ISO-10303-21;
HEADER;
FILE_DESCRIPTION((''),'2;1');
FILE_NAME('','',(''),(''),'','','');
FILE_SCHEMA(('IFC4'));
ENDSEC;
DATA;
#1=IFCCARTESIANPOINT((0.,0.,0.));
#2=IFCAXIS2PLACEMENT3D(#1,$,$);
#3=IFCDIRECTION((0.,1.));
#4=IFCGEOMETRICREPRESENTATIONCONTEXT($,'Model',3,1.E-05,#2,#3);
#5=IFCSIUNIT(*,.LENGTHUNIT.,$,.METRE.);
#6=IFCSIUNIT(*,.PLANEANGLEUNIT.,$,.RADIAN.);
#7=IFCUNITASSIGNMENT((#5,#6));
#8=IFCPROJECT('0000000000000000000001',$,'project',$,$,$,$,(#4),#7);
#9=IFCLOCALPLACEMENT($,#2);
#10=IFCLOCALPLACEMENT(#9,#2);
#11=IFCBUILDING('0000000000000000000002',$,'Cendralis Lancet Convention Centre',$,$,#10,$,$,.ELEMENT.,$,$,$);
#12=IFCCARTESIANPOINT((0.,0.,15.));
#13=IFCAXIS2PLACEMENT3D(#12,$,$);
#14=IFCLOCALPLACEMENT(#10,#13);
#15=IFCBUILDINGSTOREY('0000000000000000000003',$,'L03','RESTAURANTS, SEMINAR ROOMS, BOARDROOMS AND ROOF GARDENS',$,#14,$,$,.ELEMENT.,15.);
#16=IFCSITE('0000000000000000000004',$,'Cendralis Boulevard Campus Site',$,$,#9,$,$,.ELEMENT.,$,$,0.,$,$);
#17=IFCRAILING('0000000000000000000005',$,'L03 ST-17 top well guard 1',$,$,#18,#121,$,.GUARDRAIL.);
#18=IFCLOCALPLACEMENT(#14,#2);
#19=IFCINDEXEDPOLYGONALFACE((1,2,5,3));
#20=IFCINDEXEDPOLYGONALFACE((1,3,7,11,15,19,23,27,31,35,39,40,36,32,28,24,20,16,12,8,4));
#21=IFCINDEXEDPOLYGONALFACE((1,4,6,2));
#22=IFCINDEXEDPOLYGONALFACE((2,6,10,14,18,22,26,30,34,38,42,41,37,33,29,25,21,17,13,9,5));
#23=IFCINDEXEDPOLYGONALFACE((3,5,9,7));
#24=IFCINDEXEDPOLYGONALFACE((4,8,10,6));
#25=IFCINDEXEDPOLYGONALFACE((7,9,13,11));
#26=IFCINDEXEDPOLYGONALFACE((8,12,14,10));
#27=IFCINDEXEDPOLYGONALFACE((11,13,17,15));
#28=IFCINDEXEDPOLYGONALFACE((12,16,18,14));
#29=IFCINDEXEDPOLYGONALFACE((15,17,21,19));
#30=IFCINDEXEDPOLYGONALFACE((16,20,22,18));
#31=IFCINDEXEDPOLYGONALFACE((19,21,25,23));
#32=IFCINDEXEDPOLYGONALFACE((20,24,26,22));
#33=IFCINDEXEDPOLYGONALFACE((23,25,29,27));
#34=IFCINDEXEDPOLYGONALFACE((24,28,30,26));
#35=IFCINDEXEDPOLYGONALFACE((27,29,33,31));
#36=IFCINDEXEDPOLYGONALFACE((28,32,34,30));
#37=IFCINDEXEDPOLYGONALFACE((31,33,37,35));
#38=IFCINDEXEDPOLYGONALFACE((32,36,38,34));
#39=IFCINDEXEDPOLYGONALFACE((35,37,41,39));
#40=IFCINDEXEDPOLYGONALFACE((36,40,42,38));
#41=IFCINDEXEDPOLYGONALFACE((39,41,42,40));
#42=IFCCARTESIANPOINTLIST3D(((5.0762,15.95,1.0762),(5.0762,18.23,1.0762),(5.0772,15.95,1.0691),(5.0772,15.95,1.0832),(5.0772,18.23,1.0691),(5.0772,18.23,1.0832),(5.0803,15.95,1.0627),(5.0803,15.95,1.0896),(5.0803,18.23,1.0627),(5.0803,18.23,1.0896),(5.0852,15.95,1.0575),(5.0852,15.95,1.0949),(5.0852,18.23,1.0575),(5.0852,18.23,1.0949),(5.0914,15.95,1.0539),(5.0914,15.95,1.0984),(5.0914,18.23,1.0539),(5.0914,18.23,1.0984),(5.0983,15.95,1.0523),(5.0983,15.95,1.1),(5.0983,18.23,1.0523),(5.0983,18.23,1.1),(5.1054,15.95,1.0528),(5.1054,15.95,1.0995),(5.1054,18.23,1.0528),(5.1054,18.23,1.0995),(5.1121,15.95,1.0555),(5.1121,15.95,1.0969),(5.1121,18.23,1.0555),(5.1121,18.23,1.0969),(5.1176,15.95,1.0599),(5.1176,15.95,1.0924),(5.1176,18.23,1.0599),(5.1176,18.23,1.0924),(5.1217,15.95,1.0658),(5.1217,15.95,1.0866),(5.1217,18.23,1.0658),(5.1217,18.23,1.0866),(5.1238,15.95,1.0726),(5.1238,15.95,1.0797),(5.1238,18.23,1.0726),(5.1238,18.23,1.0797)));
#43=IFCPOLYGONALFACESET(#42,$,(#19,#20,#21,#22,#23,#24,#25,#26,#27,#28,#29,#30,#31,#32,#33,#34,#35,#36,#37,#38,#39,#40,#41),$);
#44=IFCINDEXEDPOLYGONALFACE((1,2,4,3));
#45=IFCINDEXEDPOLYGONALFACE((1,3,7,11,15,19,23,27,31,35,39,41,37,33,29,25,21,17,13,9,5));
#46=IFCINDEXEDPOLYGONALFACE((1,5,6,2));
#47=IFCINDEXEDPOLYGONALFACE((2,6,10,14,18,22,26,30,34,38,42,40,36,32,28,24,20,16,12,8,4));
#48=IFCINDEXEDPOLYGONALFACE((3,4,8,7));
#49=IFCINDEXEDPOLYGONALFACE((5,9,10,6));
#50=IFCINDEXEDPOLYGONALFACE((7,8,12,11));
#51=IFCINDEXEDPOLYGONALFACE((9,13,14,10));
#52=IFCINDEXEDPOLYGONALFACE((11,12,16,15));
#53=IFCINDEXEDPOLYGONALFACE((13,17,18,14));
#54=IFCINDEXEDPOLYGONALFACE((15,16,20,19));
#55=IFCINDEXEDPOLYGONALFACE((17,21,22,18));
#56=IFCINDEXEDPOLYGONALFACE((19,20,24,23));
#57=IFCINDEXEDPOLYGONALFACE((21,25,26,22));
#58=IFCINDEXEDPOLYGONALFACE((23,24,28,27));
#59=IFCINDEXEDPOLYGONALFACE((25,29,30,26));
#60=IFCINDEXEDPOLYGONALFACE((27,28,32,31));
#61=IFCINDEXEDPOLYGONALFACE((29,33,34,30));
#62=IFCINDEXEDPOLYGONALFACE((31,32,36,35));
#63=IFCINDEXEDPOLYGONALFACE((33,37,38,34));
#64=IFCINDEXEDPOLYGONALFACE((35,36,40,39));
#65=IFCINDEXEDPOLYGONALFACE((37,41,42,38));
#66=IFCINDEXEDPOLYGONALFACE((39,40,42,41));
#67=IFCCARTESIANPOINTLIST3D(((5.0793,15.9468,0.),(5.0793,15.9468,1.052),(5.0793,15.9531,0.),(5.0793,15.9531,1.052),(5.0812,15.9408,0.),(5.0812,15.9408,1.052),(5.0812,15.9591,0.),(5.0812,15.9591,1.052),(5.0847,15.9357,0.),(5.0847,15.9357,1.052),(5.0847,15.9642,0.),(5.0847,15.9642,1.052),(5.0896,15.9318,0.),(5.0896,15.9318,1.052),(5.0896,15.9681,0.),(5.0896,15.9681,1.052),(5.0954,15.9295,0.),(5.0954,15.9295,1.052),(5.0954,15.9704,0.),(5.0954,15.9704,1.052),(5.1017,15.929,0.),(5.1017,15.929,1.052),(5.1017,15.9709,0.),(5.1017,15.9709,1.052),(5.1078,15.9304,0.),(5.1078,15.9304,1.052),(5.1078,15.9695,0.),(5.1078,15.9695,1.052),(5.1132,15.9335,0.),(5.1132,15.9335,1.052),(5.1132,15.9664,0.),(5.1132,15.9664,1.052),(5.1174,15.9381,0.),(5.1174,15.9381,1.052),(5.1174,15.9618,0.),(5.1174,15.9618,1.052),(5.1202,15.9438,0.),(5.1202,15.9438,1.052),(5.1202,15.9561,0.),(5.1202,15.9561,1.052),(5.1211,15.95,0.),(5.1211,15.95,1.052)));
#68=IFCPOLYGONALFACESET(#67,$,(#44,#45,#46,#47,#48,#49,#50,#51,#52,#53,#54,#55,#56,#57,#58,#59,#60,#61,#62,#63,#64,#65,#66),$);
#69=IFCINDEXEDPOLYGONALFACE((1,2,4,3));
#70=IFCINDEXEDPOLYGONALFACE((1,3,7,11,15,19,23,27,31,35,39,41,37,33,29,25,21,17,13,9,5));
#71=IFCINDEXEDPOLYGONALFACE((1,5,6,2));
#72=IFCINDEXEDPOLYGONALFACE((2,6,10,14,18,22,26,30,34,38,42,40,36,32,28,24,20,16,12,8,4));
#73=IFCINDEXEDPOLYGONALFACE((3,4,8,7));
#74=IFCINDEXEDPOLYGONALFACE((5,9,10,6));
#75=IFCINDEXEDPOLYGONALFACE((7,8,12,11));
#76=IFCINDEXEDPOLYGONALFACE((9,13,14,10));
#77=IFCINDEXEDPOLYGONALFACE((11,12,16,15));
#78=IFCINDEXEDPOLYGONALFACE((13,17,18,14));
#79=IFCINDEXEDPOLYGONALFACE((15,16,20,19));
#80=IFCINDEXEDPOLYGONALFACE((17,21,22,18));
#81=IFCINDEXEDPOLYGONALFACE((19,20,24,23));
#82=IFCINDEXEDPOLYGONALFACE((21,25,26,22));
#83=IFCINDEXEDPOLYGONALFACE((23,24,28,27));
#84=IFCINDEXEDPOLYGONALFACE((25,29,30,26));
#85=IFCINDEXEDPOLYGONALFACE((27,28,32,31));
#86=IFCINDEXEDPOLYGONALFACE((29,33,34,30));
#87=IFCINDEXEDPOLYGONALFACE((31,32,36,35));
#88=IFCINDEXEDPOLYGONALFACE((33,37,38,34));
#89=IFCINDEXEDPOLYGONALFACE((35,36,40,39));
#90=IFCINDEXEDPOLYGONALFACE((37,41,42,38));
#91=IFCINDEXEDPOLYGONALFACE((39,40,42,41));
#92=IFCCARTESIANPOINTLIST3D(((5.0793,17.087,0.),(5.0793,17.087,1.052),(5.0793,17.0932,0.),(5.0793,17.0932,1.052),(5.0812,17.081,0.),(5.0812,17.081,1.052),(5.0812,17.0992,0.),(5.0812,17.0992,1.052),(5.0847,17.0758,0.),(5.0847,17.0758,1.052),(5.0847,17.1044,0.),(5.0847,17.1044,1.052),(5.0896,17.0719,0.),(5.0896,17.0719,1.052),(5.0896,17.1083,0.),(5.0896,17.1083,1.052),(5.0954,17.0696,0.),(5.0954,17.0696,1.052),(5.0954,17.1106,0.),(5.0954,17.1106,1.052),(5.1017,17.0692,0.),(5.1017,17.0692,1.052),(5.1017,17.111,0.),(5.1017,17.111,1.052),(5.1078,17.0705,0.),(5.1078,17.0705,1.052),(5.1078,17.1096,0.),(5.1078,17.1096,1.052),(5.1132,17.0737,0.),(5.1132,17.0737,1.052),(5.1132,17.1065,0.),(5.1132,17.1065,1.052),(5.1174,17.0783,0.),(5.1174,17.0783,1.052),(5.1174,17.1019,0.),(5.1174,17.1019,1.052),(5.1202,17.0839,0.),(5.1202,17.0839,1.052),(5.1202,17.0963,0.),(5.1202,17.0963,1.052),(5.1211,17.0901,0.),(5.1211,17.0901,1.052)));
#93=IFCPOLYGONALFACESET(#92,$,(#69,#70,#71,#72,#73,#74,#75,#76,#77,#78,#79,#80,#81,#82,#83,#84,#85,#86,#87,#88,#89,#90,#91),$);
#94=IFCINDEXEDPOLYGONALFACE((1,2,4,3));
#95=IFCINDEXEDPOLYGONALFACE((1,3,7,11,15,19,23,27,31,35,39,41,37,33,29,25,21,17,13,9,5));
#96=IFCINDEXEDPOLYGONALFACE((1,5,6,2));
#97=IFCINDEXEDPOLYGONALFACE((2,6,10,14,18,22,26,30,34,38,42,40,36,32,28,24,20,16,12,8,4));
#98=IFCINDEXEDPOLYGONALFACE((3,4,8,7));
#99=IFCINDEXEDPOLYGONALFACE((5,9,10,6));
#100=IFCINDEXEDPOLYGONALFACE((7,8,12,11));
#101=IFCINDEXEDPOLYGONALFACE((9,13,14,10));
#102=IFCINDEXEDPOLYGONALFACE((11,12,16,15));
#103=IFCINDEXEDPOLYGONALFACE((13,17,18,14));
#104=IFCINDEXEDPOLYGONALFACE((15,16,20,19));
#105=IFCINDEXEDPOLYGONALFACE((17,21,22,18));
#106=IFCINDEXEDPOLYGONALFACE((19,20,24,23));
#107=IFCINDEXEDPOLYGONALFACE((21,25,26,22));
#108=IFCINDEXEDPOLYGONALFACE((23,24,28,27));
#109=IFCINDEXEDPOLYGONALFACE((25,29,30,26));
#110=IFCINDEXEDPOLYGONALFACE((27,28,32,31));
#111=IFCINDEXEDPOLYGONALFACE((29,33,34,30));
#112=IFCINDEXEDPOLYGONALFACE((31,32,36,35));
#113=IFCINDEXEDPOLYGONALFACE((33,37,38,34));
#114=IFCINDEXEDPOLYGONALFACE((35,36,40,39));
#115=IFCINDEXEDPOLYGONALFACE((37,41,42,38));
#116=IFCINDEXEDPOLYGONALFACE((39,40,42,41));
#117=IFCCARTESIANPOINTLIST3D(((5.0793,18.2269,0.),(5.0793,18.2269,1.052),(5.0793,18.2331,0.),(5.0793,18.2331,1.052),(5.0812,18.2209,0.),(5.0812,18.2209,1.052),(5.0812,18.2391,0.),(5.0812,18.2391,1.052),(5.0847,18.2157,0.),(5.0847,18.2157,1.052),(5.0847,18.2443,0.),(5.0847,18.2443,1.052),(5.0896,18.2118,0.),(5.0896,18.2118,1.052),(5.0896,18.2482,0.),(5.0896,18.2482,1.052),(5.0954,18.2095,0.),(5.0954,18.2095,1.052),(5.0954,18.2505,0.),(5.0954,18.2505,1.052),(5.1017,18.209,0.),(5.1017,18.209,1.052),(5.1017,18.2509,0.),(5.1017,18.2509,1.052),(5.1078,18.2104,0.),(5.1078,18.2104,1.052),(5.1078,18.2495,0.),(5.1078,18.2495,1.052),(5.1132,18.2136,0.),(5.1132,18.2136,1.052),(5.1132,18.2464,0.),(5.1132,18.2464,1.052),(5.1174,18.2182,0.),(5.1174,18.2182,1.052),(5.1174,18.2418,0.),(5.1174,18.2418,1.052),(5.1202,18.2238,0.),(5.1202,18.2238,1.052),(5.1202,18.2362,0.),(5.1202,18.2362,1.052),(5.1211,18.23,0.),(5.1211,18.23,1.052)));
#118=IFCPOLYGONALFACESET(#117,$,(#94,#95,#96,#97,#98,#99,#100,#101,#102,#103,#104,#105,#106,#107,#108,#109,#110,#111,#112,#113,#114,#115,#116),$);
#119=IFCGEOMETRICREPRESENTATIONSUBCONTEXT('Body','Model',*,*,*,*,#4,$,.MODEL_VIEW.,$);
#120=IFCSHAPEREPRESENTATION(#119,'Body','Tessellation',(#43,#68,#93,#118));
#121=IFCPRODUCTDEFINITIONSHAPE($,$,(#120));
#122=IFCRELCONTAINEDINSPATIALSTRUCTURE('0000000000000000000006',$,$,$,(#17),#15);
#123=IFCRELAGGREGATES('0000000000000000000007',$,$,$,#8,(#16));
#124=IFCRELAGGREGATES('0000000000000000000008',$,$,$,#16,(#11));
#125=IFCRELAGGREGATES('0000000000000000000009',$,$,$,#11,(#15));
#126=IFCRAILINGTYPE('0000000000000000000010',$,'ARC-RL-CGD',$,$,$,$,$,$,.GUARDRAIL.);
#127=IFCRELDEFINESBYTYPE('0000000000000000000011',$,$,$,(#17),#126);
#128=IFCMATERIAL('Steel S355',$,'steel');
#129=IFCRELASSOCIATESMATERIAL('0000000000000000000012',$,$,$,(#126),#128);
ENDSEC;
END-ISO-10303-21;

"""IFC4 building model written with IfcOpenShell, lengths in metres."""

from ifc_helpers import new_model, si_unit, direction, frame, origin, origin_2d, place, context, subcontext, project, spatial, circle, extrude, material, type_object, element, save


model = new_model("IFC4")

# Units and contexts
model_context = context("Model", 3, precision=1e-05, world=origin(), true_north=direction((0.0, 1.0)))
body_context = subcontext(model_context, "Body", "Model", "MODEL_VIEW")
ifc_project = project(units=[si_unit("LENGTHUNIT", "METRE"), si_unit("PLANEANGLEUNIT", "RADIAN")], contexts=[model_context])

# Site, building, storey
site_placement = place(None, origin())
site = spatial("IfcSite", under=ifc_project, at=site_placement, Name="Cendralis Boulevard Campus Site", CompositionType="ELEMENT", RefElevation=0.0)
building_placement = place(site_placement, origin())
building = spatial("IfcBuilding", under=site, at=building_placement, Name="Cendralis Lancet Convention Centre", CompositionType="ELEMENT")
storey_placement = place(building_placement, frame((0.0, 0.0, 15.0)))
storey = spatial("IfcBuildingStorey", under=building, at=storey_placement, Name="L03", Description="RESTAURANTS, SEMINAR ROOMS, BOARDROOMS AND ROOF GARDENS", CompositionType="ELEMENT", Elevation=15.0)

# Shared definitions
ifc_material_1 = material(Name="Steel S355", Category="steel")

# Railing
railing_type = type_object("IfcRailingType", Name="ARC-RL-CGD", PredefinedType="GUARDRAIL", material=ifc_material_1)
railing_placement = place(storey_placement, frame((5.1001, 15.95, 0.0)))
element("IfcRailing", 1, at=railing_placement, inside=storey, type_object=railing_type, Name="L03 ST-17 top well guard 1", PredefinedType="GUARDRAIL", context=body_context, shape_type="SweptSolid", body=[
    extrude(circle(Radius=0.0239, at=origin_2d()), frame((0.0, 0.0, 1.0762), z_axis=(0.0, 1.0, 0.0), x_axis=(-1.0, 0.0, 0.0)), (0.0, 0.0, 1.0), 2.28),
    extrude(circle(Radius=0.021, at=origin_2d()), origin(), (0.0, 0.0, 1.0), 1.052),
    extrude(circle(Radius=0.021, at=origin_2d()), frame((0.0, 1.1401, 0.0)), (0.0, 0.0, 1.0), 1.052),
    extrude(circle(Radius=0.021, at=origin_2d()), frame((0.0, 2.28, 0.0)), (0.0, 0.0, 1.0), 1.052),
])

save(model, "model.ifc")
